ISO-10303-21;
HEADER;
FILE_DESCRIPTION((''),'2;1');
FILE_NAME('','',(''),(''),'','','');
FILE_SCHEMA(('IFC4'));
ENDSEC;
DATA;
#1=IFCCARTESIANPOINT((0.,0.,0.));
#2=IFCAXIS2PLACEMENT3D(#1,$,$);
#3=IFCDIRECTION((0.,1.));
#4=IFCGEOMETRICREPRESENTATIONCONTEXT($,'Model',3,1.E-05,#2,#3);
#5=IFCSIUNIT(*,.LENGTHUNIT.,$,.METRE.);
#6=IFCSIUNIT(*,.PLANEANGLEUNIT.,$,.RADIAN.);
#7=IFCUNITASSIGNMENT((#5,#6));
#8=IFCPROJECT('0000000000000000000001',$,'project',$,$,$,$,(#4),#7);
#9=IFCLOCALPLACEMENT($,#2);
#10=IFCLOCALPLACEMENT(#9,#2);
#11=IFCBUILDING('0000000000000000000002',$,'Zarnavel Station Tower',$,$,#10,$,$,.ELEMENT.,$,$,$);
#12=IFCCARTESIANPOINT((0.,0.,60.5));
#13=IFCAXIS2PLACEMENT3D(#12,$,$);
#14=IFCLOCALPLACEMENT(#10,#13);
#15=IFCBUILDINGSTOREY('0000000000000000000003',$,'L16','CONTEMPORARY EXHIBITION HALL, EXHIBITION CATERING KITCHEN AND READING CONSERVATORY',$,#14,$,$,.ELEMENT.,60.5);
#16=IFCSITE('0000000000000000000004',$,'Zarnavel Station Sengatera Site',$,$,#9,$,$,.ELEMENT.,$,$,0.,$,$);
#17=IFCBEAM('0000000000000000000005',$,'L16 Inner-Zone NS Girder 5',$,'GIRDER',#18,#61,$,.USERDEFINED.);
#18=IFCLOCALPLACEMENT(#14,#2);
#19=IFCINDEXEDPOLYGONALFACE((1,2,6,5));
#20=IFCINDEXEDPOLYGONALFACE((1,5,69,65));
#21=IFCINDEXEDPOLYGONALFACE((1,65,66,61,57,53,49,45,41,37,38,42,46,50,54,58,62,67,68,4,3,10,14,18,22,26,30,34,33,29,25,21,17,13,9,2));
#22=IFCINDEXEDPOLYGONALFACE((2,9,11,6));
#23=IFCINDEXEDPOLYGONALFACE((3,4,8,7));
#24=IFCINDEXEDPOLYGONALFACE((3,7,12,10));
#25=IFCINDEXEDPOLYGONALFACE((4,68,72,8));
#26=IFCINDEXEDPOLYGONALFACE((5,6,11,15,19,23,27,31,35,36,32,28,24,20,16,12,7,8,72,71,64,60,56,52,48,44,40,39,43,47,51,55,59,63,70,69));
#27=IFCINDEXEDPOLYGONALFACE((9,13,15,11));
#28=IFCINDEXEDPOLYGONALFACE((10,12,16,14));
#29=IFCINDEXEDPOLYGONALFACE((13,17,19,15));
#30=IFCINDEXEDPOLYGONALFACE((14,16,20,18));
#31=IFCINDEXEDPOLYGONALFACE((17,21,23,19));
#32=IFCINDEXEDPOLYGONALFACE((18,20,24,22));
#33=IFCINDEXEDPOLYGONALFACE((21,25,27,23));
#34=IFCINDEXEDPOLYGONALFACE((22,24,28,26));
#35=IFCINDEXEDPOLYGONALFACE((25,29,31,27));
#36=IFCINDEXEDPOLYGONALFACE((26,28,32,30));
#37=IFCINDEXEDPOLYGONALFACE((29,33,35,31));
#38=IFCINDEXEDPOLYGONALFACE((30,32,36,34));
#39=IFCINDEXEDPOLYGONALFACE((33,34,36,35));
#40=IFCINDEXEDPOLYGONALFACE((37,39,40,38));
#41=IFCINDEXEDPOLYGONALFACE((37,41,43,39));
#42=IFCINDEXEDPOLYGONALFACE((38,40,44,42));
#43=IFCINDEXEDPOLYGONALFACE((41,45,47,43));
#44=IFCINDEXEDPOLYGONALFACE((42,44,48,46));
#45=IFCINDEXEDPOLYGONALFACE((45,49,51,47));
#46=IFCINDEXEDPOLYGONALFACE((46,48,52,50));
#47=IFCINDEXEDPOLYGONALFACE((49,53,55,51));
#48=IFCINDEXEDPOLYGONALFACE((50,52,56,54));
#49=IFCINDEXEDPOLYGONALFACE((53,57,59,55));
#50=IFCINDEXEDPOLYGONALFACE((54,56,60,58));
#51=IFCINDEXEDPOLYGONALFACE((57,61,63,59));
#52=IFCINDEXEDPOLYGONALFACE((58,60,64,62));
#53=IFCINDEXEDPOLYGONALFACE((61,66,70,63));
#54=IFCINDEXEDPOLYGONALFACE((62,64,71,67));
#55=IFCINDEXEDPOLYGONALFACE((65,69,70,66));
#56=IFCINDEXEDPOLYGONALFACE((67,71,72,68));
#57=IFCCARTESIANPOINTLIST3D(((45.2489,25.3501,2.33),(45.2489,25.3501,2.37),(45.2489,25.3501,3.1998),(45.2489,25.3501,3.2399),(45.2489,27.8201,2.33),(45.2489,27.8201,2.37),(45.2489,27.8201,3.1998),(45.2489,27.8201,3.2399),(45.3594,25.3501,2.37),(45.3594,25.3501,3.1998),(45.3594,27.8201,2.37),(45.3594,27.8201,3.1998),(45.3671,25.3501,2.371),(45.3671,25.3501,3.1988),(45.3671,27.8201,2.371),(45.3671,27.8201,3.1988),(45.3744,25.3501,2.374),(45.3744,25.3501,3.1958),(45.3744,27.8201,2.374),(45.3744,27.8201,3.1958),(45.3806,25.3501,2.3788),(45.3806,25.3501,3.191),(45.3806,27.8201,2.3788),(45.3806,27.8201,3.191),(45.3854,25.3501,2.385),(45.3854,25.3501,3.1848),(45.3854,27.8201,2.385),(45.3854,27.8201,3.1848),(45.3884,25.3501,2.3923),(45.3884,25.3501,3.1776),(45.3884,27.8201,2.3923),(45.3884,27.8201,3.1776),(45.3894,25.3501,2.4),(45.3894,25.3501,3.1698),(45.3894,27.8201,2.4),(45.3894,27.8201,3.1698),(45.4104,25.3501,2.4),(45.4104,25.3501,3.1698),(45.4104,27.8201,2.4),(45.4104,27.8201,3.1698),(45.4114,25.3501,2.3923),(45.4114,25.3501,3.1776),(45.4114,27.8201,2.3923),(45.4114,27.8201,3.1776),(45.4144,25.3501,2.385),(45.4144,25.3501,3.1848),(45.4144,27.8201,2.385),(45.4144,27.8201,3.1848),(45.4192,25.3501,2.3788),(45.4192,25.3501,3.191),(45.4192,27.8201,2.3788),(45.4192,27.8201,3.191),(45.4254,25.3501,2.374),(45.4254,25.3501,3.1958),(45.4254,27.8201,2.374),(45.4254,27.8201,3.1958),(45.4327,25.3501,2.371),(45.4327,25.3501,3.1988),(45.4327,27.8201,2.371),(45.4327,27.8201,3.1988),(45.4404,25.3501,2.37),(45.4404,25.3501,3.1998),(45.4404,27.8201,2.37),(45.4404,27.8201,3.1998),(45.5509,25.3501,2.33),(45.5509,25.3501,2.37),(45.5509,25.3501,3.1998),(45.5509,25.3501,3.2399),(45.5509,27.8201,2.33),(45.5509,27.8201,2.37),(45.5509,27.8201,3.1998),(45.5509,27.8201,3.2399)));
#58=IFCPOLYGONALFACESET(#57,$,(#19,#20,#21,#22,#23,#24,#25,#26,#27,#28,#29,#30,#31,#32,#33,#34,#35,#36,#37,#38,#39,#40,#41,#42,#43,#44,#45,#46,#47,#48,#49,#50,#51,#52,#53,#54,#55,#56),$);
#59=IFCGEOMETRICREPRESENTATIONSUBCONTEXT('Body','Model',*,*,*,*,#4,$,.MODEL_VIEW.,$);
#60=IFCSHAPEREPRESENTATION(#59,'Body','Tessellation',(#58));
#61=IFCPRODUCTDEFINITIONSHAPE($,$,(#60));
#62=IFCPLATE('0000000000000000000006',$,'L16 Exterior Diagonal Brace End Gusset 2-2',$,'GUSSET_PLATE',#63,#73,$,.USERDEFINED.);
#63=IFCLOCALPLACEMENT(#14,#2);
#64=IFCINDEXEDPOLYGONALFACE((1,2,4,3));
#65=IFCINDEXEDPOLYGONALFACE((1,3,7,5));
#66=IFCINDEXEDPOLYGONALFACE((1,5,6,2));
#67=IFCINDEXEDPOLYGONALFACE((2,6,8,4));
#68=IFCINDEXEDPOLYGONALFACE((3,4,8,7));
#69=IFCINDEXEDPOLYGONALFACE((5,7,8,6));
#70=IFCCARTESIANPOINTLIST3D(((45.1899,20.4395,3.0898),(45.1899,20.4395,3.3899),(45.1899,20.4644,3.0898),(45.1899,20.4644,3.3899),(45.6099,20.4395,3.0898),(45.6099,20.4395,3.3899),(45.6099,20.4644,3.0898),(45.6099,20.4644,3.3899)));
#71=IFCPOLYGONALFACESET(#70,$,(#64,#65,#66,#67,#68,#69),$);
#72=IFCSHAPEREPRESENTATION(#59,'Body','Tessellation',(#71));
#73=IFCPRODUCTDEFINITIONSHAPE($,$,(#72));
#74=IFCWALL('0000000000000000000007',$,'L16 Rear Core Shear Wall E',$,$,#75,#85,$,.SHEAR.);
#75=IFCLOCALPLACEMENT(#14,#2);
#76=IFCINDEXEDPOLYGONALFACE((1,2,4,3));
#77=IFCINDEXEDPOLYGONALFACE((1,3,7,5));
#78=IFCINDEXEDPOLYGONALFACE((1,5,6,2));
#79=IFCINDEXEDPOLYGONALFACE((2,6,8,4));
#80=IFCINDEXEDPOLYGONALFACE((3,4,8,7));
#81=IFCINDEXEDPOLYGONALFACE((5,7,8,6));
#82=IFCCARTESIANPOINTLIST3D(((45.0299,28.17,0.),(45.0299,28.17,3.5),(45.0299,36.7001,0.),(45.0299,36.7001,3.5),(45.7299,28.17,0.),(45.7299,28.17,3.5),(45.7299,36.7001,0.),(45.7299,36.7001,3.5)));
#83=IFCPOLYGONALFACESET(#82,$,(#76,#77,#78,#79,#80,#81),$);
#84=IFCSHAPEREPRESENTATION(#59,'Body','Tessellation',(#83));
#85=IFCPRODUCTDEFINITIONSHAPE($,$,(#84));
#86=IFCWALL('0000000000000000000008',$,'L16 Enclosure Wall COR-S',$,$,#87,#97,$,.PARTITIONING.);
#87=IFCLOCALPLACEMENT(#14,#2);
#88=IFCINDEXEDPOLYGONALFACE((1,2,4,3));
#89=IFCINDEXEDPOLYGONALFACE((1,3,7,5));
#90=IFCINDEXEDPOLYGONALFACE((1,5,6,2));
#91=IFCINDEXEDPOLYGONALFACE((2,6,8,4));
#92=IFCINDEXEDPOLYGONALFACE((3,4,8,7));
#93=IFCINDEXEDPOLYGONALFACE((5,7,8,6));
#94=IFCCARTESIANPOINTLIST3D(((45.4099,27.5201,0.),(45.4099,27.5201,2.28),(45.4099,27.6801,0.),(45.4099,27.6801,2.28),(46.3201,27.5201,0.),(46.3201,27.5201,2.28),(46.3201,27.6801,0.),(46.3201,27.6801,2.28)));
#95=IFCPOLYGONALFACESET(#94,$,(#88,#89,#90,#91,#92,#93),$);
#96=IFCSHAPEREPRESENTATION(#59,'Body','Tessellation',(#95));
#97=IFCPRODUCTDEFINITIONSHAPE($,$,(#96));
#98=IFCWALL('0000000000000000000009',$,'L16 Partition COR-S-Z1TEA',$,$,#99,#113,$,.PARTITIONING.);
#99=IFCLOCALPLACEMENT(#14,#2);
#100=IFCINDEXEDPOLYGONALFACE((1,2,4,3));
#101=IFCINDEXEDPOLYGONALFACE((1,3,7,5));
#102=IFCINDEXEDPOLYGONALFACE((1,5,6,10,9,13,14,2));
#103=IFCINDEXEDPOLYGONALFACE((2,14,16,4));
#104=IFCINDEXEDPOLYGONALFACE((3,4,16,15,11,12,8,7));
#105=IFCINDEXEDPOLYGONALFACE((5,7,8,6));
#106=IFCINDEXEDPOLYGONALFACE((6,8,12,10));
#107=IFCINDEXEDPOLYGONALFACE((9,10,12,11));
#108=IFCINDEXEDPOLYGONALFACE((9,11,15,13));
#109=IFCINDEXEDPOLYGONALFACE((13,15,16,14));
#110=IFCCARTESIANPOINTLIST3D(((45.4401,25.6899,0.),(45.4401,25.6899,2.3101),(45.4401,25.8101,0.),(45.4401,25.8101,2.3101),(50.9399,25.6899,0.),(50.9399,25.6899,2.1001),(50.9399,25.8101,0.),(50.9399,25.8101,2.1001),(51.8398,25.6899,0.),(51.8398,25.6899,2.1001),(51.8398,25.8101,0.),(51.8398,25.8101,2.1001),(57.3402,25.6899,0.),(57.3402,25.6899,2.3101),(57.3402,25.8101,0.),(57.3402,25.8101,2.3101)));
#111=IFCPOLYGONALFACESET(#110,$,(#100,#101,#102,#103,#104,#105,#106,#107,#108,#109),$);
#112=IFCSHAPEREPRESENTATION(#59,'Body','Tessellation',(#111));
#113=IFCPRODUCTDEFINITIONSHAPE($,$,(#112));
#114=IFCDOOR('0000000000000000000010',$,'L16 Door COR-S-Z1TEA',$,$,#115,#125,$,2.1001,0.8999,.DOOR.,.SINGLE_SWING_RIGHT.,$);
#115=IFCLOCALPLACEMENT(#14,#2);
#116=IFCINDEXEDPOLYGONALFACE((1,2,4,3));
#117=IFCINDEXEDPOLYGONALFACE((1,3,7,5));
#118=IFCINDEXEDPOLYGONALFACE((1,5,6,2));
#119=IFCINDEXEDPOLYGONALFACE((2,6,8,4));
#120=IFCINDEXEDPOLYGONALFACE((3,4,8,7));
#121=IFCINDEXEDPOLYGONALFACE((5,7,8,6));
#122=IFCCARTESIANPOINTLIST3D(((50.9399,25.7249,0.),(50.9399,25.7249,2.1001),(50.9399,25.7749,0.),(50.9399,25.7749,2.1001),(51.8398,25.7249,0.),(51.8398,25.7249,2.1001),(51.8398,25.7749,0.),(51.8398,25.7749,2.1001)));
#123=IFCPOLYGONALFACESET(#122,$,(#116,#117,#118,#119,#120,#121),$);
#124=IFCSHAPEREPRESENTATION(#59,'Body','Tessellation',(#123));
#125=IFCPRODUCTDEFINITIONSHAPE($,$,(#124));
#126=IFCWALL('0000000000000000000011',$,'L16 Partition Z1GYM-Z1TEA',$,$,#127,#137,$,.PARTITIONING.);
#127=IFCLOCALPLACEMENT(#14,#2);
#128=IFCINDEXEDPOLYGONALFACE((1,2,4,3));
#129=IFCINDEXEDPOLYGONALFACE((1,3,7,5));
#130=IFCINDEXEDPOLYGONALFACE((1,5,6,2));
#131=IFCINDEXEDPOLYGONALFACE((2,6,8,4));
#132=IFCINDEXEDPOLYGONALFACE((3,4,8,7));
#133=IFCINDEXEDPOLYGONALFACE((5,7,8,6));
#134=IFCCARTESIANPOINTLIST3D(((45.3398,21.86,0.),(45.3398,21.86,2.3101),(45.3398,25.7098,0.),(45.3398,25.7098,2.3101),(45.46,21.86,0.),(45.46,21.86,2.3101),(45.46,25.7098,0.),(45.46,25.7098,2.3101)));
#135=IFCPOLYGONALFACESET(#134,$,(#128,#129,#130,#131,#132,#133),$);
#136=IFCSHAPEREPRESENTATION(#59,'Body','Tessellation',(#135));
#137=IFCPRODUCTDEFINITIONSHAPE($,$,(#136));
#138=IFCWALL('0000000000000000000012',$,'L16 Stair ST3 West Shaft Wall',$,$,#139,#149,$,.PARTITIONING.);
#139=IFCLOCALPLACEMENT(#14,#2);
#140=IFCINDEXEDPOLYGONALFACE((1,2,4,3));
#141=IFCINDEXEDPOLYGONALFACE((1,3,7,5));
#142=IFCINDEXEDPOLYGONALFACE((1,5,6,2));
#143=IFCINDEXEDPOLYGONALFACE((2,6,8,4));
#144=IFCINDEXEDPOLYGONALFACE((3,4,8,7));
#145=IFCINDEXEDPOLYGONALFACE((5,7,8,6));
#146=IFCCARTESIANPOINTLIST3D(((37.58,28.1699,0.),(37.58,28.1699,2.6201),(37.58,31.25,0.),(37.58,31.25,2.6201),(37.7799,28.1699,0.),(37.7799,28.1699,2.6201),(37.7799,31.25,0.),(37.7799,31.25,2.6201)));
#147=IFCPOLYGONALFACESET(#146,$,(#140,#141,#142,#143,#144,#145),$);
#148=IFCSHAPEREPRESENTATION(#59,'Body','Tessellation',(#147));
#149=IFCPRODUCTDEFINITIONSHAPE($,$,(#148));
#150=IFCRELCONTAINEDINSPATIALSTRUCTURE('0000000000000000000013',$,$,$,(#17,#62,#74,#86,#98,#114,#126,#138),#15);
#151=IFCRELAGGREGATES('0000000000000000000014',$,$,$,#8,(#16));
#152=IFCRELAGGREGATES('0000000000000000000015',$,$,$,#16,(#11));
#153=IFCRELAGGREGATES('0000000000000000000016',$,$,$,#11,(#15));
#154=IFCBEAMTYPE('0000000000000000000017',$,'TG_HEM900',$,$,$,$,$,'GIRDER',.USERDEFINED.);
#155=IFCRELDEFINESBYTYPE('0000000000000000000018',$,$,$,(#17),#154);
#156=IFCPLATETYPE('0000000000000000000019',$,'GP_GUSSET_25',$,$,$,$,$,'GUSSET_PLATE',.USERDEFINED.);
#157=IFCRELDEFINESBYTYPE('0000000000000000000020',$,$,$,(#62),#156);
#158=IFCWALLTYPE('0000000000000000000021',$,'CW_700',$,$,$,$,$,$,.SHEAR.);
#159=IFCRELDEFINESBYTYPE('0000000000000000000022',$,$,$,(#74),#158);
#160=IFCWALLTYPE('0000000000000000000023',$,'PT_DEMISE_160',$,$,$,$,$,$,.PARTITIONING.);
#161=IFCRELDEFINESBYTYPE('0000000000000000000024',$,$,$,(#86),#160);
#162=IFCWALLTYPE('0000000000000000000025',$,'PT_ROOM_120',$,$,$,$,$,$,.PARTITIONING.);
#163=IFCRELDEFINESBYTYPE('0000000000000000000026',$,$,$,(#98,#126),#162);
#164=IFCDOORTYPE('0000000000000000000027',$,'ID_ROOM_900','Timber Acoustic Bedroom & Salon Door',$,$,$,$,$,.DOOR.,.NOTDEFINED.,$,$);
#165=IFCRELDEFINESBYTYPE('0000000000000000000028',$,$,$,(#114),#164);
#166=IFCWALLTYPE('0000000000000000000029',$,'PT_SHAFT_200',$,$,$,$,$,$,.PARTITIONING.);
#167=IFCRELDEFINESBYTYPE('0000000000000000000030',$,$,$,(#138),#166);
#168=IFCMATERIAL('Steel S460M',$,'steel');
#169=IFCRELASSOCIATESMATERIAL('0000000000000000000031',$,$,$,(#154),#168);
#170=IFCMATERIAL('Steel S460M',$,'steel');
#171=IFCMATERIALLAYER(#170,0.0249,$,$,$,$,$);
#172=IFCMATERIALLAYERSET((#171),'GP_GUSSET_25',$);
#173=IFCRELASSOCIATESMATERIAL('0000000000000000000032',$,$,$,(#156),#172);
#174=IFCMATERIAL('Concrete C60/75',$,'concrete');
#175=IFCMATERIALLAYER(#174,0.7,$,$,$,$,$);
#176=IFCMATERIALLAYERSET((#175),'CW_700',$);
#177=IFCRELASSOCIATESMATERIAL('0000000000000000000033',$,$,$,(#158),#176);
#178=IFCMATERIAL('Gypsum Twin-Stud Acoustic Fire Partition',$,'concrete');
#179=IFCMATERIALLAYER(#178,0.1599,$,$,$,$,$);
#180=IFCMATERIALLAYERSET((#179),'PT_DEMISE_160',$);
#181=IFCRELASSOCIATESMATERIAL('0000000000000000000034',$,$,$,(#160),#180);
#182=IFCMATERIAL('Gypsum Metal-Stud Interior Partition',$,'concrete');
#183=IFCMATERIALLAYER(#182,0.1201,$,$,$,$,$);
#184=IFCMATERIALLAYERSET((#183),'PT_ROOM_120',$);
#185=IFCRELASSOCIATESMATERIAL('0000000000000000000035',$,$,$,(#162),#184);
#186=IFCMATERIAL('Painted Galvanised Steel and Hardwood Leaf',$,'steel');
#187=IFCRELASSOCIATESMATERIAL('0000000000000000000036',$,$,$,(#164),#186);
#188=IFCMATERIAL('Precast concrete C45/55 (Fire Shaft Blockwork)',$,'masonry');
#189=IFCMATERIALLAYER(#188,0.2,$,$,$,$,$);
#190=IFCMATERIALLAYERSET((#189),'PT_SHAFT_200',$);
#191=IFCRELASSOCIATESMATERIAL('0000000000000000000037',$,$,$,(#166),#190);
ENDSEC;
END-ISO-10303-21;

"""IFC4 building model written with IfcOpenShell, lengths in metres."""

from ifc_helpers import new_model, si_unit, direction, frame, frame_2d, origin, origin_2d, place, context, subcontext, project, spatial, rectangle, i_section, extrude, material, layer, layer_set, material_profile, profile_set, type_object, element, fill, save


model = new_model("IFC4")

# Units and contexts
model_context = context("Model", 3, precision=1e-05, world=origin(), true_north=direction((0.0, 1.0)))
body_context = subcontext(model_context, "Body", "Model", "MODEL_VIEW")
ifc_project = project(units=[si_unit("LENGTHUNIT", "METRE"), si_unit("PLANEANGLEUNIT", "RADIAN")], contexts=[model_context])

# Site, building, storey
site_placement = place(None, origin())
site = spatial("IfcSite", under=ifc_project, at=site_placement, Name="Zarnavel Station Sengatera Site", CompositionType="ELEMENT", RefElevation=0.0)
building_placement = place(site_placement, origin())
building = spatial("IfcBuilding", under=site, at=building_placement, Name="Zarnavel Station Tower", CompositionType="ELEMENT")
storey_placement = place(building_placement, frame((0.0, 0.0, 60.5)))
storey = spatial("IfcBuildingStorey", under=building, at=storey_placement, Name="L16", Description="CONTEMPORARY EXHIBITION HALL, EXHIBITION CATERING KITCHEN AND READING CONSERVATORY", CompositionType="ELEMENT", Elevation=60.5)

# Beam
ifc_material_1 = material(Name="Steel S460M", Category="steel")
ifc_material_profile_1 = material_profile(ifc_material_1, i_section(OverallWidth=0.302, OverallDepth=0.9099, WebThickness=0.021, FlangeThickness=0.04, FilletRadius=0.03, at=origin_2d()), Name="HEM900")
ifc_profile_set_1 = profile_set([ifc_material_profile_1], Name="Steel S460M")
beam_type_1 = type_object("IfcBeamType", Name="TG_HEM900", ElementType="GIRDER", PredefinedType="USERDEFINED", material=ifc_profile_set_1)
beam_1_placement = place(storey_placement, frame((45.3999, 25.3501, 2.7849), z_axis=(0.0, 1.0, 0.0), x_axis=(-1.0, 0.0, 0.0)))
element("IfcBeam", 1, at=beam_1_placement, inside=storey, type_object=beam_type_1, Name="L16 Inner-Zone NS Girder 5", ObjectType="GIRDER", PredefinedType="USERDEFINED", context=body_context, shape_type="SweptSolid", body=[
    extrude(i_section(OverallWidth=0.302, OverallDepth=0.9099, WebThickness=0.021, FlangeThickness=0.04, FilletRadius=0.03, at=origin_2d()), origin(), (0.0, 0.0, 1.0), 2.47),
])

# Plate
ifc_material_2 = material(Name="Steel S460M", Category="steel")
ifc_layer_1 = layer(ifc_material_2, 0.0249)
ifc_layer_set_1 = layer_set([ifc_layer_1], Name="GP_GUSSET_25")
plate_type = type_object("IfcPlateType", Name="GP_GUSSET_25", ElementType="GUSSET_PLATE", PredefinedType="USERDEFINED", material=ifc_layer_set_1)
plate_placement = place(storey_placement, frame((45.3999, 20.4519, 3.0898), z_axis=(0.0, 0.0, 1.0), x_axis=(1.0, 0.0, 0.0)))
element("IfcPlate", 2, at=plate_placement, inside=storey, type_object=plate_type, Name="L16 Exterior Diagonal Brace End Gusset 2-2", ObjectType="GUSSET_PLATE", PredefinedType="USERDEFINED", context=body_context, shape_type="SweptSolid", body=[
    extrude(rectangle(XDim=0.4199, YDim=0.0249, at=origin_2d()), origin(), (0.0, 0.0, 1.0), 0.3),
])

# Shared definitions
ifc_material_3 = material(Name="Concrete C60/75", Category="concrete")
ifc_layer_2 = layer(ifc_material_3, 0.7)
ifc_layer_set_2 = layer_set([ifc_layer_2], Name="CW_700")
wall_type_1 = type_object("IfcWallType", Name="CW_700", PredefinedType="SHEAR", material=ifc_layer_set_2)

# Walls
wall_1_placement = place(storey_placement, frame((45.3799, 28.1699, 0.0), z_axis=(0.0, 0.0, 1.0), x_axis=(0.0, 1.0, 0.0)))
element("IfcWall", 3, at=wall_1_placement, inside=storey, type_object=wall_type_1, Name="L16 Rear Core Shear Wall E", PredefinedType="SHEAR", context=body_context, shape_type="SweptSolid", body=[
    extrude(rectangle(XDim=8.53, YDim=0.7, at=frame_2d((4.2651, 0.0))), origin(), (0.0, 0.0, 1.0), 3.5),
])
ifc_material_4 = material(Name="Gypsum Twin-Stud Acoustic Fire Partition", Category="concrete")
ifc_layer_3 = layer(ifc_material_4, 0.1599)
ifc_layer_set_3 = layer_set([ifc_layer_3], Name="PT_DEMISE_160")
wall_type_2 = type_object("IfcWallType", Name="PT_DEMISE_160", PredefinedType="PARTITIONING", material=ifc_layer_set_3)
wall_2_placement = place(storey_placement, frame((45.4099, 27.6001, 0.0), z_axis=(0.0, 0.0, 1.0), x_axis=(1.0, 0.0, 0.0)))
element("IfcWall", 4, at=wall_2_placement, inside=storey, type_object=wall_type_2, Name="L16 Enclosure Wall COR-S", PredefinedType="PARTITIONING", context=body_context, shape_type="SweptSolid", body=[
    extrude(rectangle(XDim=0.9102, YDim=0.1599, at=frame_2d((0.4551, 0.0))), origin(), (0.0, 0.0, 1.0), 2.28),
])

# Wall, opening, door
ifc_material_5 = material(Name="Gypsum Metal-Stud Interior Partition", Category="concrete")
ifc_layer_4 = layer(ifc_material_5, 0.1201)
ifc_layer_set_4 = layer_set([ifc_layer_4], Name="PT_ROOM_120")
wall_type_3 = type_object("IfcWallType", Name="PT_ROOM_120", PredefinedType="PARTITIONING", material=ifc_layer_set_4)
wall_3_placement = place(storey_placement, frame((45.4399, 25.75, 0.0), z_axis=(0.0, 0.0, 1.0), x_axis=(1.0, 0.0, 0.0)))
wall_3 = element("IfcWall", 5, at=wall_3_placement, inside=storey, type_object=wall_type_3, Name="L16 Partition COR-S-Z1TEA", PredefinedType="PARTITIONING", context=body_context, shape_type="SweptSolid", body=[
    extrude(rectangle(XDim=11.9001, YDim=0.1201, at=frame_2d((5.9502, 0.0))), origin(), (0.0, 0.0, 1.0), 2.3101),
])
opening_1_placement = place(wall_3_placement, frame((5.5, 0.0, 0.0)))
opening_1 = element("IfcOpeningElement", 6, at=opening_1_placement, cuts=wall_3, PredefinedType="OPENING", context=body_context, shape_type="SweptSolid", body=[
    extrude(rectangle(XDim=0.8999, YDim=2.1001, at=frame_2d((0.45, 1.05))), frame((0.0, 0.0701, 0.0), z_axis=(0.0, -1.0, 0.0), x_axis=(1.0, 0.0, 0.0)), (0.0, 0.0, 1.0), 0.1401),
])
ifc_material_6 = material(Name="Painted Galvanised Steel and Hardwood Leaf", Category="steel")
door_type_1 = type_object("IfcDoorType", Name="ID_ROOM_900", Description="Timber Acoustic Bedroom & Salon Door", OperationType="NOTDEFINED", PredefinedType="DOOR", material=ifc_material_6)
door_1_placement = place(opening_1_placement, origin())
door_1 = element("IfcDoor", 7, at=door_1_placement, inside=storey, type_object=door_type_1, Name="L16 Door COR-S-Z1TEA", OperationType="SINGLE_SWING_RIGHT", OverallHeight=2.1001, OverallWidth=0.8999, PredefinedType="DOOR", context=body_context, shape_type="SweptSolid", body=[
    extrude(rectangle(XDim=0.8999, YDim=2.1001, at=frame_2d((0.45, 1.05))), frame((0.0, 0.0249, 0.0), z_axis=(0.0, -1.0, 0.0), x_axis=(1.0, 0.0, 0.0)), (0.0, 0.0, 1.0), 0.05),
])
fill(opening_1, door_1)

# Walls
wall_4_placement = place(storey_placement, frame((45.3999, 21.8601, 0.0), z_axis=(0.0, 0.0, 1.0), x_axis=(0.0, 1.0, 0.0)))
element("IfcWall", 8, at=wall_4_placement, inside=storey, type_object=wall_type_3, Name="L16 Partition Z1GYM-Z1TEA", PredefinedType="PARTITIONING", context=body_context, shape_type="SweptSolid", body=[
    extrude(rectangle(XDim=3.8499, YDim=0.1201, at=frame_2d((1.9248, 0.0))), origin(), (0.0, 0.0, 1.0), 2.3101),
])
ifc_material_7 = material(Name="Precast concrete C45/55 (Fire Shaft Blockwork)", Category="masonry")
ifc_layer_5 = layer(ifc_material_7, 0.2)
ifc_layer_set_5 = layer_set([ifc_layer_5], Name="PT_SHAFT_200")
wall_type_4 = type_object("IfcWallType", Name="PT_SHAFT_200", PredefinedType="PARTITIONING", material=ifc_layer_set_5)
wall_5_placement = place(storey_placement, frame((37.6799, 28.1699, 0.0), z_axis=(0.0, 0.0, 1.0), x_axis=(0.0, 1.0, 0.0)))
element("IfcWall", 9, at=wall_5_placement, inside=storey, type_object=wall_type_4, Name="L16 Stair ST3 West Shaft Wall", PredefinedType="PARTITIONING", context=body_context, shape_type="SweptSolid", body=[
    extrude(rectangle(XDim=3.0801, YDim=0.2, at=frame_2d((1.54, 0.0))), origin(), (0.0, 0.0, 1.0), 2.6201),
])

save(model, "model.ifc")
